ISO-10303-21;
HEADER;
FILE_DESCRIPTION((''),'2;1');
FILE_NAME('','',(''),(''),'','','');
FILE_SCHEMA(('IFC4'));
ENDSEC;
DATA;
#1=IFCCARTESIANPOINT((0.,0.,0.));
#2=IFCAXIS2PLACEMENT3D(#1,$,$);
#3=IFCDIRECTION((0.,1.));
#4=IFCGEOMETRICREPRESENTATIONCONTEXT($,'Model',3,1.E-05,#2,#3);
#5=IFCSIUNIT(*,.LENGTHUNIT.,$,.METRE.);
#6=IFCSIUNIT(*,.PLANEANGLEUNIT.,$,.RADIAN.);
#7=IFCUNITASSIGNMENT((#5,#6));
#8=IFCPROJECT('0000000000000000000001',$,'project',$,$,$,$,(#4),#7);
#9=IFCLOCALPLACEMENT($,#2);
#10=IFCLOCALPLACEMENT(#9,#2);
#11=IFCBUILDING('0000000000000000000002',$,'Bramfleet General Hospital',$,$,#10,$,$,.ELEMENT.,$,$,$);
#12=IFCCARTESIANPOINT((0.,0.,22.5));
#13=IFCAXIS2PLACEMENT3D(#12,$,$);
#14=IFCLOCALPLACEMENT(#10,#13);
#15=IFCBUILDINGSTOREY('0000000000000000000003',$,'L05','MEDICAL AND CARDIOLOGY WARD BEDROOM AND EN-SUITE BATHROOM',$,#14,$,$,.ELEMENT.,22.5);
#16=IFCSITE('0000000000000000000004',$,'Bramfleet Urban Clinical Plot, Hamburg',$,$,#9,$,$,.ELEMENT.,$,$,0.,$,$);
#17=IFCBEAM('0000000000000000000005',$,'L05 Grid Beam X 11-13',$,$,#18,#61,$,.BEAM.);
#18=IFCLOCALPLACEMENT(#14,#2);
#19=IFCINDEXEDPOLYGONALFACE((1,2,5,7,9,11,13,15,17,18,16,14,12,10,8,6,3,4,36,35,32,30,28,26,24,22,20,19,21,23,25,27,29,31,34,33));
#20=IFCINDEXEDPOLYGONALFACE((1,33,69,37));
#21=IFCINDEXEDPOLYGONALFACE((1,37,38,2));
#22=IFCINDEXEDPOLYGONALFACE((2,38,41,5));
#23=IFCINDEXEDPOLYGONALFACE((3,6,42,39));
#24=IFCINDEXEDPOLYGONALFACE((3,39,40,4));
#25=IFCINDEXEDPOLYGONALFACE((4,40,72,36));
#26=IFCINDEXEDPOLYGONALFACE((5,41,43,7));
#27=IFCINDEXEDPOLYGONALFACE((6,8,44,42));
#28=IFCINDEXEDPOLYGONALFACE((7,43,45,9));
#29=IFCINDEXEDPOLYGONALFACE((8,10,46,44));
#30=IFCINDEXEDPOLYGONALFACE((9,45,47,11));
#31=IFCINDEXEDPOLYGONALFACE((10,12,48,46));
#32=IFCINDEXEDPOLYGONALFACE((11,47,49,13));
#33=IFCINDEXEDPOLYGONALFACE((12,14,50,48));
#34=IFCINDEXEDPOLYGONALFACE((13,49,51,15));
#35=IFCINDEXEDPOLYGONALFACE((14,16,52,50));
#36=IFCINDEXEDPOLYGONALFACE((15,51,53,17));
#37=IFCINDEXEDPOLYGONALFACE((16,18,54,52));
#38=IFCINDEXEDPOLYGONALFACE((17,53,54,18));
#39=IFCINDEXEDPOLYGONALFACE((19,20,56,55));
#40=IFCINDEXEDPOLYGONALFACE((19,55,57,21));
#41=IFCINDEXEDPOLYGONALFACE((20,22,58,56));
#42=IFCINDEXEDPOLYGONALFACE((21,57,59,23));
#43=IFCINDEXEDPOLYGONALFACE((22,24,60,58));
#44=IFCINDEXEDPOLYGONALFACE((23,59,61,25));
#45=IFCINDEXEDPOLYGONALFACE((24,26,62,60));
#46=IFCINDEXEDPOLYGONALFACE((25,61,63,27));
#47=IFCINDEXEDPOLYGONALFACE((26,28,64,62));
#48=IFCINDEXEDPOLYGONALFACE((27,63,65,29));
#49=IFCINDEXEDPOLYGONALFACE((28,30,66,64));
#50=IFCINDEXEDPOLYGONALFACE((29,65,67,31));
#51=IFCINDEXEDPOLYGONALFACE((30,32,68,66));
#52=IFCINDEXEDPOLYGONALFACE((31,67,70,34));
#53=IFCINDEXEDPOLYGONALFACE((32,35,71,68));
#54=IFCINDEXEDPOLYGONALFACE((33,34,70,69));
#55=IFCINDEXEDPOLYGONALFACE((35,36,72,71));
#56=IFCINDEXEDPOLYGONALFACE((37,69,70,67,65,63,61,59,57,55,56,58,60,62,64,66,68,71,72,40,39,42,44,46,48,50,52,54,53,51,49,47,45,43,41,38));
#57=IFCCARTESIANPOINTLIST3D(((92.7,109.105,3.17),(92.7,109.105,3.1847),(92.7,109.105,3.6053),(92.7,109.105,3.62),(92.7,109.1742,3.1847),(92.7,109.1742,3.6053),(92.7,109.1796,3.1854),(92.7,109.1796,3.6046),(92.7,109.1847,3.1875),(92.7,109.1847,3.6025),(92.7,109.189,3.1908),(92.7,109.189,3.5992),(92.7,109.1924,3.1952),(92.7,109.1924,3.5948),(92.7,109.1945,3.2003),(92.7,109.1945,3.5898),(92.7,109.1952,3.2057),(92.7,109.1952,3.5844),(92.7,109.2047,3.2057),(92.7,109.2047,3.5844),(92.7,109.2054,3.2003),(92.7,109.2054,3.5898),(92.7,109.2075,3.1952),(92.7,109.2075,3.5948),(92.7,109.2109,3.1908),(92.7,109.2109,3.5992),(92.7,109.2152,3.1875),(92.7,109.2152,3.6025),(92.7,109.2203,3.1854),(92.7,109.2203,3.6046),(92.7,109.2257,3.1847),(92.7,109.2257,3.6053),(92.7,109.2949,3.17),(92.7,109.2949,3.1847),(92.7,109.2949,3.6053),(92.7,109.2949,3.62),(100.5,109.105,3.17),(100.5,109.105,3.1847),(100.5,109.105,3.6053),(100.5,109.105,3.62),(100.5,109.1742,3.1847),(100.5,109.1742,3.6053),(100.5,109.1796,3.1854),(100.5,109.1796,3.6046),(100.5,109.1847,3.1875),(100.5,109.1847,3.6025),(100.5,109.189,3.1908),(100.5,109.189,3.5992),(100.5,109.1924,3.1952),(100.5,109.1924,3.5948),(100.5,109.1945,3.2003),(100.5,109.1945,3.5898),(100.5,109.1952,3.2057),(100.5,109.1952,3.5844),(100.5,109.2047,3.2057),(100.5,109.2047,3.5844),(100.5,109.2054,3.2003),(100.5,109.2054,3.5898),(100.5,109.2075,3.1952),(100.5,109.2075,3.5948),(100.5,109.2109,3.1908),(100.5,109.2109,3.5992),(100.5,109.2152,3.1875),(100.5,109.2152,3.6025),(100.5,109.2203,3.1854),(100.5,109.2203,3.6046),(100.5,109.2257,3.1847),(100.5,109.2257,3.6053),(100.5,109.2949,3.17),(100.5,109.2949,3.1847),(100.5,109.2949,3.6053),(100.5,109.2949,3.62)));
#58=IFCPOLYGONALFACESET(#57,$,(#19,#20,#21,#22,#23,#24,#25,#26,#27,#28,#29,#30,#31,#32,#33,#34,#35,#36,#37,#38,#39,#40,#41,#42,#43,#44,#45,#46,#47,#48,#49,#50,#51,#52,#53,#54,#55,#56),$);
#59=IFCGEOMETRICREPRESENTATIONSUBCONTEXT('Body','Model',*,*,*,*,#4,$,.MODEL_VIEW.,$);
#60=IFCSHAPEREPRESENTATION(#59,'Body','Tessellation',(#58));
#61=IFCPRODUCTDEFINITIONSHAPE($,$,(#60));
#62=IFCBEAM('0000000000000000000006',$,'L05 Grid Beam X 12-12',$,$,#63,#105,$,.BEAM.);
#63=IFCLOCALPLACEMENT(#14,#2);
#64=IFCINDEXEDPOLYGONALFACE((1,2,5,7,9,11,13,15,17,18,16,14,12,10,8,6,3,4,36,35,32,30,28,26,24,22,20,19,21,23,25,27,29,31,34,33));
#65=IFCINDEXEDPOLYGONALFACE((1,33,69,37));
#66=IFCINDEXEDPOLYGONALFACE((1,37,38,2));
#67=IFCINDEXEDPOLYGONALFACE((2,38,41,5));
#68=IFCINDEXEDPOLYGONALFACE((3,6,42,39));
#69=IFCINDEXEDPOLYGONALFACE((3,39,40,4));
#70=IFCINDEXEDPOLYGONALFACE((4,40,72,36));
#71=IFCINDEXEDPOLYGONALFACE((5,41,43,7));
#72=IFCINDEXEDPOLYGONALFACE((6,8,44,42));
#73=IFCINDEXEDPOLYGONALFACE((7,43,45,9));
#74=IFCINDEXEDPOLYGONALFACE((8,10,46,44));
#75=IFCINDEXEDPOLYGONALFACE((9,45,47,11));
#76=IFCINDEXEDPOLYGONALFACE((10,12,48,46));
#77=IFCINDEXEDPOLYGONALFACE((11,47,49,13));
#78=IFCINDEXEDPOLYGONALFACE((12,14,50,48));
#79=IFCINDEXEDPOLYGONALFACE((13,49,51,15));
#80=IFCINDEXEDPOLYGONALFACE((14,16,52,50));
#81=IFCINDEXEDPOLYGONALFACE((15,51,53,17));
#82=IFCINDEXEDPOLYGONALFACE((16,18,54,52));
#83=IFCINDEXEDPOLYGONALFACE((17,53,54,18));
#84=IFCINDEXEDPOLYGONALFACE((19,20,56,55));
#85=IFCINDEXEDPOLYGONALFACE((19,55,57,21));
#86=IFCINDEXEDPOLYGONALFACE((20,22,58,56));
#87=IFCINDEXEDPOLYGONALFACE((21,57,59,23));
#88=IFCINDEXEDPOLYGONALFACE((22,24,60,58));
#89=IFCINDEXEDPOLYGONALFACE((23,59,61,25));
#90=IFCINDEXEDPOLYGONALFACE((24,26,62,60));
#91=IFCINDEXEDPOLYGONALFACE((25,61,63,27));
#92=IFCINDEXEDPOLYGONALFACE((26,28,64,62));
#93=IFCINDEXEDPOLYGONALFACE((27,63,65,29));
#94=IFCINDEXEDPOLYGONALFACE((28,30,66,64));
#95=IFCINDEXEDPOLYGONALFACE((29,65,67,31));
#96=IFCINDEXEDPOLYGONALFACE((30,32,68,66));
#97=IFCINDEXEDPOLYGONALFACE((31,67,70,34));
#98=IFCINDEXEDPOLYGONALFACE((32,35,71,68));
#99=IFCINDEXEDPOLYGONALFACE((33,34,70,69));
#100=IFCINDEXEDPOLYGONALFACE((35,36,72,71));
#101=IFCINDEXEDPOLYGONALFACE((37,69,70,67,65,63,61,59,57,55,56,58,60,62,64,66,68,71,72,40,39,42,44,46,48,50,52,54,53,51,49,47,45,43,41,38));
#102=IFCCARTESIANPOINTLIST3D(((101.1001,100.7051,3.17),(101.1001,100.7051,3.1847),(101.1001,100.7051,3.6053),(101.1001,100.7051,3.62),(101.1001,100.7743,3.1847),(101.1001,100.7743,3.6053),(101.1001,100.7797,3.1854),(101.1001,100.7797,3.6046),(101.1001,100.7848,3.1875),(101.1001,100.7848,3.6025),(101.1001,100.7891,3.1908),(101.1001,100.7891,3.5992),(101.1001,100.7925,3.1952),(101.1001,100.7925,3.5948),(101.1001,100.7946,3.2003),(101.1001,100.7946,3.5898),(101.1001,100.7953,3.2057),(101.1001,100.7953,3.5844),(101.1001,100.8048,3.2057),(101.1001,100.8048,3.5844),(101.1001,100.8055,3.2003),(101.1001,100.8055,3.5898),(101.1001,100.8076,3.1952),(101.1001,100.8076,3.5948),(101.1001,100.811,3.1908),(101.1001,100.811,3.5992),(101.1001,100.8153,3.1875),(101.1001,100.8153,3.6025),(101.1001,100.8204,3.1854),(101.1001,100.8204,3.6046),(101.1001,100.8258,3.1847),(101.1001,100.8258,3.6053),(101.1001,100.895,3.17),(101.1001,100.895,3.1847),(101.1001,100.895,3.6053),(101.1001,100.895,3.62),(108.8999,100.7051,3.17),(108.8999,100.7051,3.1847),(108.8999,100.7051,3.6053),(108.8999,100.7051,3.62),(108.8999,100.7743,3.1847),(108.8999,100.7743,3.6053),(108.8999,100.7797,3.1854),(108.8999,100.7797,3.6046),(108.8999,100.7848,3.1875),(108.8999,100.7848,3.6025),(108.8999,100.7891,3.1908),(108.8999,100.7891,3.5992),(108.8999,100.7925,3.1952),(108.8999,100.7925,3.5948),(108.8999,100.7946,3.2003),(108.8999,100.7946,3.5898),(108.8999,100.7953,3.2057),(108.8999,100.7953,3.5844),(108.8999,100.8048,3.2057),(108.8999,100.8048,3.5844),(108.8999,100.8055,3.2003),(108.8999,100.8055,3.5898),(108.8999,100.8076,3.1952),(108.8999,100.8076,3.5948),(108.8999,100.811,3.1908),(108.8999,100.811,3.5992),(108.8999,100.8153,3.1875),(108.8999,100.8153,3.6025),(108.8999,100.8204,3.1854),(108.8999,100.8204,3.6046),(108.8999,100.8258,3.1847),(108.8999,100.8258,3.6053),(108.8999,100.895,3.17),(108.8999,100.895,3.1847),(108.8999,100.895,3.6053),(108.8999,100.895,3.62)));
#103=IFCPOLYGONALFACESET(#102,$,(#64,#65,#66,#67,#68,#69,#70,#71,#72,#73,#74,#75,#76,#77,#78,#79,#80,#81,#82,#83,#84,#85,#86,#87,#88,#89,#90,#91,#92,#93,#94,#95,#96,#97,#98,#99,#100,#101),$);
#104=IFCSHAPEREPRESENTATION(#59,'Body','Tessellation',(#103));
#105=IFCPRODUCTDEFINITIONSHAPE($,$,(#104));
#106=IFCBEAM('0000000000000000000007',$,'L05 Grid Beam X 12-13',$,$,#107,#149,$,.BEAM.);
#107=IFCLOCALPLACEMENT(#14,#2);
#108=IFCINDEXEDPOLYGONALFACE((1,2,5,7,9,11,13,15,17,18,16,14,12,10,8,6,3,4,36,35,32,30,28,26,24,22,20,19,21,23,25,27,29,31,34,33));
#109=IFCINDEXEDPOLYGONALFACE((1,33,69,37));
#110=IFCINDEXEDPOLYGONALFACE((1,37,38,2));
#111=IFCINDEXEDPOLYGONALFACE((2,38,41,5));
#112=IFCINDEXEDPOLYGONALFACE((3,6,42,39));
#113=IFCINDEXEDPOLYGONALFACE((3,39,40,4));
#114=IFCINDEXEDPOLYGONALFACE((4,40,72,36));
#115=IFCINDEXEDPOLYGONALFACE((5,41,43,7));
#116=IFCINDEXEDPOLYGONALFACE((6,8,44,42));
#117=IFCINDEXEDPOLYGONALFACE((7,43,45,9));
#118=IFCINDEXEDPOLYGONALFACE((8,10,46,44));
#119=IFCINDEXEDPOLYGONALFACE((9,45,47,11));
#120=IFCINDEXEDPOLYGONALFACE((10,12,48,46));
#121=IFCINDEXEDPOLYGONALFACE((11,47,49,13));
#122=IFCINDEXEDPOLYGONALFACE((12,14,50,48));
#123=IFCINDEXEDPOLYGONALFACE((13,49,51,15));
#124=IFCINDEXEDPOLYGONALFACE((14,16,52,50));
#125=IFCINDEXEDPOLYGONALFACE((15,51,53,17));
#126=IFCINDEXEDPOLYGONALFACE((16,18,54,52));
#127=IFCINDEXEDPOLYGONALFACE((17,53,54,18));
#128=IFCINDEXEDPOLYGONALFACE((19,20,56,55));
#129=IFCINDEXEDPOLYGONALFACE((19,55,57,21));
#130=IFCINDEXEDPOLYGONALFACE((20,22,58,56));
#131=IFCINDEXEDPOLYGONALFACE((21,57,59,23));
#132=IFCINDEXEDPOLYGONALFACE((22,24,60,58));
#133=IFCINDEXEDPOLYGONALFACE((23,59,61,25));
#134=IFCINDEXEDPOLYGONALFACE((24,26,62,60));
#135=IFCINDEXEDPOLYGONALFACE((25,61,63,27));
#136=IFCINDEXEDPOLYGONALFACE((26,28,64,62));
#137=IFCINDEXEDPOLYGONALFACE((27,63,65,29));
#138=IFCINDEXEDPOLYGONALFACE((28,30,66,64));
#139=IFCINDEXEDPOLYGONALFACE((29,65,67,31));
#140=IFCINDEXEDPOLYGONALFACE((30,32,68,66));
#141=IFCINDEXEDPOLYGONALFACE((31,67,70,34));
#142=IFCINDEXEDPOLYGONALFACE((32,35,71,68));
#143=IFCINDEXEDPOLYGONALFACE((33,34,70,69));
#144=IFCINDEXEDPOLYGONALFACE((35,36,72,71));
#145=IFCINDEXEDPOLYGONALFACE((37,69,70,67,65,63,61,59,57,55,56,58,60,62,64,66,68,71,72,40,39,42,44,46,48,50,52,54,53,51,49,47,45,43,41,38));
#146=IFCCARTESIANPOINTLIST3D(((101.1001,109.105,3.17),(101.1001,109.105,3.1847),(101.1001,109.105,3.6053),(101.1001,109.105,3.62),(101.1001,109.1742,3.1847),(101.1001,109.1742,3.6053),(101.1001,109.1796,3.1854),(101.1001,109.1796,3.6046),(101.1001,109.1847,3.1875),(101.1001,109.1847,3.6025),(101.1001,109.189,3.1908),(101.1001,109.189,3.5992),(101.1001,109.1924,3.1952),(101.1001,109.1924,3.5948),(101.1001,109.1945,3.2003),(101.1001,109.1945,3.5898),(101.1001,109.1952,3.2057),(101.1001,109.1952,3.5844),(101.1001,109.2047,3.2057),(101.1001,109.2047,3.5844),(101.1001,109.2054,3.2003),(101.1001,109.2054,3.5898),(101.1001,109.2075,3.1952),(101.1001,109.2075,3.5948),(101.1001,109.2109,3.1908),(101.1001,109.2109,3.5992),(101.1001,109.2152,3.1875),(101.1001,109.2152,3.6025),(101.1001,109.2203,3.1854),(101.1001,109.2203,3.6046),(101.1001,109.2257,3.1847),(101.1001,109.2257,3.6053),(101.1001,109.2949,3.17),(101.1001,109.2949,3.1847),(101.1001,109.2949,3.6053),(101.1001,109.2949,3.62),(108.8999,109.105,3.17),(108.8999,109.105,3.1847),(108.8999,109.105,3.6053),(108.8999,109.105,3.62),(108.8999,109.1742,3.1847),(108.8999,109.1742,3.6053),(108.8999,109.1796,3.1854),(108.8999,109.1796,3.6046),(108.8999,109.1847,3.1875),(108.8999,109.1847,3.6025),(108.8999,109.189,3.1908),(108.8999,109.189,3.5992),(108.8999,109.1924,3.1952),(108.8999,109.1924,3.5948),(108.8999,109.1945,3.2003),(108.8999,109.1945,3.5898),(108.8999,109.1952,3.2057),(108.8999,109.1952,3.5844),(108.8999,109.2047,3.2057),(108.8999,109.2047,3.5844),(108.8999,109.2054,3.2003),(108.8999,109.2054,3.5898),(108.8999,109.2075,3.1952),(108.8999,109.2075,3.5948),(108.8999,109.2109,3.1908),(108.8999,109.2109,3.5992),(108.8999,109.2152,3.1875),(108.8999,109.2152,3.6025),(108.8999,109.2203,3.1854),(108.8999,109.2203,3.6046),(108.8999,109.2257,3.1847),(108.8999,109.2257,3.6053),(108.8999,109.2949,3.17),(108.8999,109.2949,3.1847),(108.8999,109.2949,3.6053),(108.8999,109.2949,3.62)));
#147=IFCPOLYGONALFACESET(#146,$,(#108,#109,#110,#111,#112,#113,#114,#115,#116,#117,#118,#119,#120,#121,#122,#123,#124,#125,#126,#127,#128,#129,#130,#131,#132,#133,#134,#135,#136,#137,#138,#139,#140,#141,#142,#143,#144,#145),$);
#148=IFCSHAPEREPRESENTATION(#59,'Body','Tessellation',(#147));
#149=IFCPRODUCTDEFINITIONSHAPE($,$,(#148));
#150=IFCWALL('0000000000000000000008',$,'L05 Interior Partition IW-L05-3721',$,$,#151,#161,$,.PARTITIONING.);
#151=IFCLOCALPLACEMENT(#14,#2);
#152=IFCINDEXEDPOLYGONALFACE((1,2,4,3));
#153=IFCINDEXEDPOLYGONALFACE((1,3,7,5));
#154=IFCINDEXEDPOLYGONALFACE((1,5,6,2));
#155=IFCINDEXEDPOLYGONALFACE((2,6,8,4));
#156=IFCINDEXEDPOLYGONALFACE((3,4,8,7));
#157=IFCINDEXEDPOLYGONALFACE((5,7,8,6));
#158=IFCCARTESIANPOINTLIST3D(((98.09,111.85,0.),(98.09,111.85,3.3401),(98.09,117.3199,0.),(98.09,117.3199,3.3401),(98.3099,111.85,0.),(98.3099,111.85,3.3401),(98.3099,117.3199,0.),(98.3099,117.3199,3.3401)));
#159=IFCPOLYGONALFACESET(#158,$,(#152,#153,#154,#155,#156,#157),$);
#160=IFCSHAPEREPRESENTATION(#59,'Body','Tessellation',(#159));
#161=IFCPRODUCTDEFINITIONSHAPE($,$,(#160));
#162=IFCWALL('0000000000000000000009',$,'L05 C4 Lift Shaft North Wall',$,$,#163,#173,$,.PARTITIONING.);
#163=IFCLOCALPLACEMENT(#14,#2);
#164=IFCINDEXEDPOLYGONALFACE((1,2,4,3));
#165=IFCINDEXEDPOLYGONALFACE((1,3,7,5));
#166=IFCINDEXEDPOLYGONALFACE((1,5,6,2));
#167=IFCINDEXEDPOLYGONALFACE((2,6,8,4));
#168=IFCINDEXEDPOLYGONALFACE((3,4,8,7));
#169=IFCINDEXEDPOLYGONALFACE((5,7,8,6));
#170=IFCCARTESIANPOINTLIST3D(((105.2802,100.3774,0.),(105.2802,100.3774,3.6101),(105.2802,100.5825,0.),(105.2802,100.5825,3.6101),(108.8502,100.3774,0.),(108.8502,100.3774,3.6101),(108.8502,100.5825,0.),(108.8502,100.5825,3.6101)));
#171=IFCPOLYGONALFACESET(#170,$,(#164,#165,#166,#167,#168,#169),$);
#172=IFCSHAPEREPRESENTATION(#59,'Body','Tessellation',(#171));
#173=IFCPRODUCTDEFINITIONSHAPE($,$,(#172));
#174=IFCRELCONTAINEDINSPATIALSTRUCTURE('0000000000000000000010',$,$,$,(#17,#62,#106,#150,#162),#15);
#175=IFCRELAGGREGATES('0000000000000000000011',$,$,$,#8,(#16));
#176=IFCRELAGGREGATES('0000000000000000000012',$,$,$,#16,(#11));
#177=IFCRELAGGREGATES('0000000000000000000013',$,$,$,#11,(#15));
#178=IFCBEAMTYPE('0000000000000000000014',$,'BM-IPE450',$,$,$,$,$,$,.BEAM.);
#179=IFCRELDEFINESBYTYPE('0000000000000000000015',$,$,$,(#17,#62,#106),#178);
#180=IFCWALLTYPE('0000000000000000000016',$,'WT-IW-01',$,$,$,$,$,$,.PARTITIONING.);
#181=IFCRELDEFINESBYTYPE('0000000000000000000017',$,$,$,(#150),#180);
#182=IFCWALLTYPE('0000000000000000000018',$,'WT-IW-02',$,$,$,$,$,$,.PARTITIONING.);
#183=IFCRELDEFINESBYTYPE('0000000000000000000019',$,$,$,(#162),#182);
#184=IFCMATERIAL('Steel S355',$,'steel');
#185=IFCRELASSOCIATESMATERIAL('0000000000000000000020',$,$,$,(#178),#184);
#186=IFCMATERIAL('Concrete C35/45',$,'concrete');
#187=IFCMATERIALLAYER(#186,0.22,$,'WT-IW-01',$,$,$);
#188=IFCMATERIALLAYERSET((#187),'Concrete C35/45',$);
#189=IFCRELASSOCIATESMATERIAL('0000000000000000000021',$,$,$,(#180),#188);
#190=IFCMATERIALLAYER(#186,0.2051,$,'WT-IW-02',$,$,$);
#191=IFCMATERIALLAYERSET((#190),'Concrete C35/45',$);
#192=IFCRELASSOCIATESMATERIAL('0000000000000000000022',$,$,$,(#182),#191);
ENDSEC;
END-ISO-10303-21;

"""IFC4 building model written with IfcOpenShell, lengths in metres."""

from ifc_helpers import new_model, si_unit, direction, frame, frame_2d, origin, origin_2d, place, context, subcontext, project, spatial, rectangle, i_section, extrude, material, layer, layer_set, material_profile, profile_set, type_object, element, save


model = new_model("IFC4")

# Units and contexts
model_context = context("Model", 3, precision=1e-05, world=origin(), true_north=direction((0.0, 1.0)))
body_context = subcontext(model_context, "Body", "Model", "MODEL_VIEW")
ifc_project = project(units=[si_unit("LENGTHUNIT", "METRE"), si_unit("PLANEANGLEUNIT", "RADIAN")], contexts=[model_context])

# Site, building, storey
site_placement = place(None, origin())
site = spatial("IfcSite", under=ifc_project, at=site_placement, Name="Bramfleet Urban Clinical Plot, Hamburg", CompositionType="ELEMENT", RefElevation=0.0)
building_placement = place(site_placement, origin())
building = spatial("IfcBuilding", under=site, at=building_placement, Name="Bramfleet General Hospital", CompositionType="ELEMENT")
storey_placement = place(building_placement, frame((0.0, 0.0, 22.5)))
storey = spatial("IfcBuildingStorey", under=building, at=storey_placement, Name="L05", Description="MEDICAL AND CARDIOLOGY WARD BEDROOM AND EN-SUITE BATHROOM", CompositionType="ELEMENT", Elevation=22.5)

# Beams
ifc_material_1 = material(Name="Steel S355", Category="steel")
ifc_material_profile_1 = material_profile(ifc_material_1, i_section(OverallWidth=0.1899, OverallDepth=0.45, WebThickness=0.0095, FlangeThickness=0.0146, FilletRadius=0.021, at=origin_2d()), Name="IPE 450")
ifc_profile_set_1 = profile_set([ifc_material_profile_1], Name="Steel S355")
beam_type_1 = type_object("IfcBeamType", Name="BM-IPE450", PredefinedType="BEAM", material=ifc_profile_set_1)
for number, where, z_axis, x_axis, name in (
    (1, (92.7, 109.2, 3.395), (1.0, 0.0, 0.0), (0.0, 1.0, 0.0), "L05 Grid Beam X 11-13"),
):
    element("IfcBeam", number, at=place(storey_placement, frame(where, z_axis=z_axis, x_axis=x_axis)), inside=storey, type_object=beam_type_1, Name=name, PredefinedType="BEAM", context=body_context, shape_type="SweptSolid", body=[
        extrude(i_section(OverallWidth=0.1899, OverallDepth=0.45, WebThickness=0.0095, FlangeThickness=0.0146, FilletRadius=0.021, at=origin_2d()), origin(), (0.0, 0.0, 1.0), 7.8),
    ])
for number, where, z_axis, x_axis, name in (
    (2, (101.1001, 100.8, 3.395), (1.0, 0.0, 0.0), (0.0, 1.0, 0.0), "L05 Grid Beam X 12-12"),
    (3, (101.1001, 109.2, 3.395), (1.0, 0.0, 0.0), (0.0, 1.0, 0.0), "L05 Grid Beam X 12-13"),
):
    element("IfcBeam", number, at=place(storey_placement, frame(where, z_axis=z_axis, x_axis=x_axis)), inside=storey, type_object=beam_type_1, Name=name, PredefinedType="BEAM", context=body_context, shape_type="SweptSolid", body=[
        extrude(i_section(OverallWidth=0.1899, OverallDepth=0.45, WebThickness=0.0095, FlangeThickness=0.0146, FilletRadius=0.021, at=origin_2d()), origin(), (0.0, 0.0, 1.0), 7.7998),
    ])

# Walls
ifc_material_2 = material(Name="Concrete C35/45", Category="concrete")
ifc_layer_1 = layer(ifc_material_2, 0.22, Name="WT-IW-01")
ifc_layer_set_1 = layer_set([ifc_layer_1], Name="Concrete C35/45")
wall_type_1 = type_object("IfcWallType", Name="WT-IW-01", PredefinedType="PARTITIONING", material=ifc_layer_set_1)
wall_1_placement = place(storey_placement, frame((98.2, 111.8501, 0.0), z_axis=(0.0, 0.0, 1.0), x_axis=(0.0, 1.0, 0.0)))
element("IfcWall", 4, at=wall_1_placement, inside=storey, type_object=wall_type_1, Name="L05 Interior Partition IW-L05-3721", PredefinedType="PARTITIONING", context=body_context, shape_type="SweptSolid", body=[
    extrude(rectangle(XDim=5.47, YDim=0.22, at=frame_2d((2.7349, 0.0))), origin(), (0.0, 0.0, 1.0), 3.3401),
])
ifc_layer_2 = layer(ifc_material_2, 0.2051, Name="WT-IW-02")
ifc_layer_set_2 = layer_set([ifc_layer_2], Name="Concrete C35/45")
wall_type_2 = type_object("IfcWallType", Name="WT-IW-02", PredefinedType="PARTITIONING", material=ifc_layer_set_2)
wall_2_placement = place(storey_placement, frame((105.28, 100.48, 0.0), z_axis=(0.0, 0.0, 1.0), x_axis=(1.0, 0.0, 0.0)))
element("IfcWall", 5, at=wall_2_placement, inside=storey, type_object=wall_type_2, Name="L05 C4 Lift Shaft North Wall", PredefinedType="PARTITIONING", context=body_context, shape_type="SweptSolid", body=[
    extrude(rectangle(XDim=3.5701, YDim=0.2051, at=frame_2d((1.7852, 0.0))), origin(), (0.0, 0.0, 1.0), 3.6101),
])

save(model, "model.ifc")
